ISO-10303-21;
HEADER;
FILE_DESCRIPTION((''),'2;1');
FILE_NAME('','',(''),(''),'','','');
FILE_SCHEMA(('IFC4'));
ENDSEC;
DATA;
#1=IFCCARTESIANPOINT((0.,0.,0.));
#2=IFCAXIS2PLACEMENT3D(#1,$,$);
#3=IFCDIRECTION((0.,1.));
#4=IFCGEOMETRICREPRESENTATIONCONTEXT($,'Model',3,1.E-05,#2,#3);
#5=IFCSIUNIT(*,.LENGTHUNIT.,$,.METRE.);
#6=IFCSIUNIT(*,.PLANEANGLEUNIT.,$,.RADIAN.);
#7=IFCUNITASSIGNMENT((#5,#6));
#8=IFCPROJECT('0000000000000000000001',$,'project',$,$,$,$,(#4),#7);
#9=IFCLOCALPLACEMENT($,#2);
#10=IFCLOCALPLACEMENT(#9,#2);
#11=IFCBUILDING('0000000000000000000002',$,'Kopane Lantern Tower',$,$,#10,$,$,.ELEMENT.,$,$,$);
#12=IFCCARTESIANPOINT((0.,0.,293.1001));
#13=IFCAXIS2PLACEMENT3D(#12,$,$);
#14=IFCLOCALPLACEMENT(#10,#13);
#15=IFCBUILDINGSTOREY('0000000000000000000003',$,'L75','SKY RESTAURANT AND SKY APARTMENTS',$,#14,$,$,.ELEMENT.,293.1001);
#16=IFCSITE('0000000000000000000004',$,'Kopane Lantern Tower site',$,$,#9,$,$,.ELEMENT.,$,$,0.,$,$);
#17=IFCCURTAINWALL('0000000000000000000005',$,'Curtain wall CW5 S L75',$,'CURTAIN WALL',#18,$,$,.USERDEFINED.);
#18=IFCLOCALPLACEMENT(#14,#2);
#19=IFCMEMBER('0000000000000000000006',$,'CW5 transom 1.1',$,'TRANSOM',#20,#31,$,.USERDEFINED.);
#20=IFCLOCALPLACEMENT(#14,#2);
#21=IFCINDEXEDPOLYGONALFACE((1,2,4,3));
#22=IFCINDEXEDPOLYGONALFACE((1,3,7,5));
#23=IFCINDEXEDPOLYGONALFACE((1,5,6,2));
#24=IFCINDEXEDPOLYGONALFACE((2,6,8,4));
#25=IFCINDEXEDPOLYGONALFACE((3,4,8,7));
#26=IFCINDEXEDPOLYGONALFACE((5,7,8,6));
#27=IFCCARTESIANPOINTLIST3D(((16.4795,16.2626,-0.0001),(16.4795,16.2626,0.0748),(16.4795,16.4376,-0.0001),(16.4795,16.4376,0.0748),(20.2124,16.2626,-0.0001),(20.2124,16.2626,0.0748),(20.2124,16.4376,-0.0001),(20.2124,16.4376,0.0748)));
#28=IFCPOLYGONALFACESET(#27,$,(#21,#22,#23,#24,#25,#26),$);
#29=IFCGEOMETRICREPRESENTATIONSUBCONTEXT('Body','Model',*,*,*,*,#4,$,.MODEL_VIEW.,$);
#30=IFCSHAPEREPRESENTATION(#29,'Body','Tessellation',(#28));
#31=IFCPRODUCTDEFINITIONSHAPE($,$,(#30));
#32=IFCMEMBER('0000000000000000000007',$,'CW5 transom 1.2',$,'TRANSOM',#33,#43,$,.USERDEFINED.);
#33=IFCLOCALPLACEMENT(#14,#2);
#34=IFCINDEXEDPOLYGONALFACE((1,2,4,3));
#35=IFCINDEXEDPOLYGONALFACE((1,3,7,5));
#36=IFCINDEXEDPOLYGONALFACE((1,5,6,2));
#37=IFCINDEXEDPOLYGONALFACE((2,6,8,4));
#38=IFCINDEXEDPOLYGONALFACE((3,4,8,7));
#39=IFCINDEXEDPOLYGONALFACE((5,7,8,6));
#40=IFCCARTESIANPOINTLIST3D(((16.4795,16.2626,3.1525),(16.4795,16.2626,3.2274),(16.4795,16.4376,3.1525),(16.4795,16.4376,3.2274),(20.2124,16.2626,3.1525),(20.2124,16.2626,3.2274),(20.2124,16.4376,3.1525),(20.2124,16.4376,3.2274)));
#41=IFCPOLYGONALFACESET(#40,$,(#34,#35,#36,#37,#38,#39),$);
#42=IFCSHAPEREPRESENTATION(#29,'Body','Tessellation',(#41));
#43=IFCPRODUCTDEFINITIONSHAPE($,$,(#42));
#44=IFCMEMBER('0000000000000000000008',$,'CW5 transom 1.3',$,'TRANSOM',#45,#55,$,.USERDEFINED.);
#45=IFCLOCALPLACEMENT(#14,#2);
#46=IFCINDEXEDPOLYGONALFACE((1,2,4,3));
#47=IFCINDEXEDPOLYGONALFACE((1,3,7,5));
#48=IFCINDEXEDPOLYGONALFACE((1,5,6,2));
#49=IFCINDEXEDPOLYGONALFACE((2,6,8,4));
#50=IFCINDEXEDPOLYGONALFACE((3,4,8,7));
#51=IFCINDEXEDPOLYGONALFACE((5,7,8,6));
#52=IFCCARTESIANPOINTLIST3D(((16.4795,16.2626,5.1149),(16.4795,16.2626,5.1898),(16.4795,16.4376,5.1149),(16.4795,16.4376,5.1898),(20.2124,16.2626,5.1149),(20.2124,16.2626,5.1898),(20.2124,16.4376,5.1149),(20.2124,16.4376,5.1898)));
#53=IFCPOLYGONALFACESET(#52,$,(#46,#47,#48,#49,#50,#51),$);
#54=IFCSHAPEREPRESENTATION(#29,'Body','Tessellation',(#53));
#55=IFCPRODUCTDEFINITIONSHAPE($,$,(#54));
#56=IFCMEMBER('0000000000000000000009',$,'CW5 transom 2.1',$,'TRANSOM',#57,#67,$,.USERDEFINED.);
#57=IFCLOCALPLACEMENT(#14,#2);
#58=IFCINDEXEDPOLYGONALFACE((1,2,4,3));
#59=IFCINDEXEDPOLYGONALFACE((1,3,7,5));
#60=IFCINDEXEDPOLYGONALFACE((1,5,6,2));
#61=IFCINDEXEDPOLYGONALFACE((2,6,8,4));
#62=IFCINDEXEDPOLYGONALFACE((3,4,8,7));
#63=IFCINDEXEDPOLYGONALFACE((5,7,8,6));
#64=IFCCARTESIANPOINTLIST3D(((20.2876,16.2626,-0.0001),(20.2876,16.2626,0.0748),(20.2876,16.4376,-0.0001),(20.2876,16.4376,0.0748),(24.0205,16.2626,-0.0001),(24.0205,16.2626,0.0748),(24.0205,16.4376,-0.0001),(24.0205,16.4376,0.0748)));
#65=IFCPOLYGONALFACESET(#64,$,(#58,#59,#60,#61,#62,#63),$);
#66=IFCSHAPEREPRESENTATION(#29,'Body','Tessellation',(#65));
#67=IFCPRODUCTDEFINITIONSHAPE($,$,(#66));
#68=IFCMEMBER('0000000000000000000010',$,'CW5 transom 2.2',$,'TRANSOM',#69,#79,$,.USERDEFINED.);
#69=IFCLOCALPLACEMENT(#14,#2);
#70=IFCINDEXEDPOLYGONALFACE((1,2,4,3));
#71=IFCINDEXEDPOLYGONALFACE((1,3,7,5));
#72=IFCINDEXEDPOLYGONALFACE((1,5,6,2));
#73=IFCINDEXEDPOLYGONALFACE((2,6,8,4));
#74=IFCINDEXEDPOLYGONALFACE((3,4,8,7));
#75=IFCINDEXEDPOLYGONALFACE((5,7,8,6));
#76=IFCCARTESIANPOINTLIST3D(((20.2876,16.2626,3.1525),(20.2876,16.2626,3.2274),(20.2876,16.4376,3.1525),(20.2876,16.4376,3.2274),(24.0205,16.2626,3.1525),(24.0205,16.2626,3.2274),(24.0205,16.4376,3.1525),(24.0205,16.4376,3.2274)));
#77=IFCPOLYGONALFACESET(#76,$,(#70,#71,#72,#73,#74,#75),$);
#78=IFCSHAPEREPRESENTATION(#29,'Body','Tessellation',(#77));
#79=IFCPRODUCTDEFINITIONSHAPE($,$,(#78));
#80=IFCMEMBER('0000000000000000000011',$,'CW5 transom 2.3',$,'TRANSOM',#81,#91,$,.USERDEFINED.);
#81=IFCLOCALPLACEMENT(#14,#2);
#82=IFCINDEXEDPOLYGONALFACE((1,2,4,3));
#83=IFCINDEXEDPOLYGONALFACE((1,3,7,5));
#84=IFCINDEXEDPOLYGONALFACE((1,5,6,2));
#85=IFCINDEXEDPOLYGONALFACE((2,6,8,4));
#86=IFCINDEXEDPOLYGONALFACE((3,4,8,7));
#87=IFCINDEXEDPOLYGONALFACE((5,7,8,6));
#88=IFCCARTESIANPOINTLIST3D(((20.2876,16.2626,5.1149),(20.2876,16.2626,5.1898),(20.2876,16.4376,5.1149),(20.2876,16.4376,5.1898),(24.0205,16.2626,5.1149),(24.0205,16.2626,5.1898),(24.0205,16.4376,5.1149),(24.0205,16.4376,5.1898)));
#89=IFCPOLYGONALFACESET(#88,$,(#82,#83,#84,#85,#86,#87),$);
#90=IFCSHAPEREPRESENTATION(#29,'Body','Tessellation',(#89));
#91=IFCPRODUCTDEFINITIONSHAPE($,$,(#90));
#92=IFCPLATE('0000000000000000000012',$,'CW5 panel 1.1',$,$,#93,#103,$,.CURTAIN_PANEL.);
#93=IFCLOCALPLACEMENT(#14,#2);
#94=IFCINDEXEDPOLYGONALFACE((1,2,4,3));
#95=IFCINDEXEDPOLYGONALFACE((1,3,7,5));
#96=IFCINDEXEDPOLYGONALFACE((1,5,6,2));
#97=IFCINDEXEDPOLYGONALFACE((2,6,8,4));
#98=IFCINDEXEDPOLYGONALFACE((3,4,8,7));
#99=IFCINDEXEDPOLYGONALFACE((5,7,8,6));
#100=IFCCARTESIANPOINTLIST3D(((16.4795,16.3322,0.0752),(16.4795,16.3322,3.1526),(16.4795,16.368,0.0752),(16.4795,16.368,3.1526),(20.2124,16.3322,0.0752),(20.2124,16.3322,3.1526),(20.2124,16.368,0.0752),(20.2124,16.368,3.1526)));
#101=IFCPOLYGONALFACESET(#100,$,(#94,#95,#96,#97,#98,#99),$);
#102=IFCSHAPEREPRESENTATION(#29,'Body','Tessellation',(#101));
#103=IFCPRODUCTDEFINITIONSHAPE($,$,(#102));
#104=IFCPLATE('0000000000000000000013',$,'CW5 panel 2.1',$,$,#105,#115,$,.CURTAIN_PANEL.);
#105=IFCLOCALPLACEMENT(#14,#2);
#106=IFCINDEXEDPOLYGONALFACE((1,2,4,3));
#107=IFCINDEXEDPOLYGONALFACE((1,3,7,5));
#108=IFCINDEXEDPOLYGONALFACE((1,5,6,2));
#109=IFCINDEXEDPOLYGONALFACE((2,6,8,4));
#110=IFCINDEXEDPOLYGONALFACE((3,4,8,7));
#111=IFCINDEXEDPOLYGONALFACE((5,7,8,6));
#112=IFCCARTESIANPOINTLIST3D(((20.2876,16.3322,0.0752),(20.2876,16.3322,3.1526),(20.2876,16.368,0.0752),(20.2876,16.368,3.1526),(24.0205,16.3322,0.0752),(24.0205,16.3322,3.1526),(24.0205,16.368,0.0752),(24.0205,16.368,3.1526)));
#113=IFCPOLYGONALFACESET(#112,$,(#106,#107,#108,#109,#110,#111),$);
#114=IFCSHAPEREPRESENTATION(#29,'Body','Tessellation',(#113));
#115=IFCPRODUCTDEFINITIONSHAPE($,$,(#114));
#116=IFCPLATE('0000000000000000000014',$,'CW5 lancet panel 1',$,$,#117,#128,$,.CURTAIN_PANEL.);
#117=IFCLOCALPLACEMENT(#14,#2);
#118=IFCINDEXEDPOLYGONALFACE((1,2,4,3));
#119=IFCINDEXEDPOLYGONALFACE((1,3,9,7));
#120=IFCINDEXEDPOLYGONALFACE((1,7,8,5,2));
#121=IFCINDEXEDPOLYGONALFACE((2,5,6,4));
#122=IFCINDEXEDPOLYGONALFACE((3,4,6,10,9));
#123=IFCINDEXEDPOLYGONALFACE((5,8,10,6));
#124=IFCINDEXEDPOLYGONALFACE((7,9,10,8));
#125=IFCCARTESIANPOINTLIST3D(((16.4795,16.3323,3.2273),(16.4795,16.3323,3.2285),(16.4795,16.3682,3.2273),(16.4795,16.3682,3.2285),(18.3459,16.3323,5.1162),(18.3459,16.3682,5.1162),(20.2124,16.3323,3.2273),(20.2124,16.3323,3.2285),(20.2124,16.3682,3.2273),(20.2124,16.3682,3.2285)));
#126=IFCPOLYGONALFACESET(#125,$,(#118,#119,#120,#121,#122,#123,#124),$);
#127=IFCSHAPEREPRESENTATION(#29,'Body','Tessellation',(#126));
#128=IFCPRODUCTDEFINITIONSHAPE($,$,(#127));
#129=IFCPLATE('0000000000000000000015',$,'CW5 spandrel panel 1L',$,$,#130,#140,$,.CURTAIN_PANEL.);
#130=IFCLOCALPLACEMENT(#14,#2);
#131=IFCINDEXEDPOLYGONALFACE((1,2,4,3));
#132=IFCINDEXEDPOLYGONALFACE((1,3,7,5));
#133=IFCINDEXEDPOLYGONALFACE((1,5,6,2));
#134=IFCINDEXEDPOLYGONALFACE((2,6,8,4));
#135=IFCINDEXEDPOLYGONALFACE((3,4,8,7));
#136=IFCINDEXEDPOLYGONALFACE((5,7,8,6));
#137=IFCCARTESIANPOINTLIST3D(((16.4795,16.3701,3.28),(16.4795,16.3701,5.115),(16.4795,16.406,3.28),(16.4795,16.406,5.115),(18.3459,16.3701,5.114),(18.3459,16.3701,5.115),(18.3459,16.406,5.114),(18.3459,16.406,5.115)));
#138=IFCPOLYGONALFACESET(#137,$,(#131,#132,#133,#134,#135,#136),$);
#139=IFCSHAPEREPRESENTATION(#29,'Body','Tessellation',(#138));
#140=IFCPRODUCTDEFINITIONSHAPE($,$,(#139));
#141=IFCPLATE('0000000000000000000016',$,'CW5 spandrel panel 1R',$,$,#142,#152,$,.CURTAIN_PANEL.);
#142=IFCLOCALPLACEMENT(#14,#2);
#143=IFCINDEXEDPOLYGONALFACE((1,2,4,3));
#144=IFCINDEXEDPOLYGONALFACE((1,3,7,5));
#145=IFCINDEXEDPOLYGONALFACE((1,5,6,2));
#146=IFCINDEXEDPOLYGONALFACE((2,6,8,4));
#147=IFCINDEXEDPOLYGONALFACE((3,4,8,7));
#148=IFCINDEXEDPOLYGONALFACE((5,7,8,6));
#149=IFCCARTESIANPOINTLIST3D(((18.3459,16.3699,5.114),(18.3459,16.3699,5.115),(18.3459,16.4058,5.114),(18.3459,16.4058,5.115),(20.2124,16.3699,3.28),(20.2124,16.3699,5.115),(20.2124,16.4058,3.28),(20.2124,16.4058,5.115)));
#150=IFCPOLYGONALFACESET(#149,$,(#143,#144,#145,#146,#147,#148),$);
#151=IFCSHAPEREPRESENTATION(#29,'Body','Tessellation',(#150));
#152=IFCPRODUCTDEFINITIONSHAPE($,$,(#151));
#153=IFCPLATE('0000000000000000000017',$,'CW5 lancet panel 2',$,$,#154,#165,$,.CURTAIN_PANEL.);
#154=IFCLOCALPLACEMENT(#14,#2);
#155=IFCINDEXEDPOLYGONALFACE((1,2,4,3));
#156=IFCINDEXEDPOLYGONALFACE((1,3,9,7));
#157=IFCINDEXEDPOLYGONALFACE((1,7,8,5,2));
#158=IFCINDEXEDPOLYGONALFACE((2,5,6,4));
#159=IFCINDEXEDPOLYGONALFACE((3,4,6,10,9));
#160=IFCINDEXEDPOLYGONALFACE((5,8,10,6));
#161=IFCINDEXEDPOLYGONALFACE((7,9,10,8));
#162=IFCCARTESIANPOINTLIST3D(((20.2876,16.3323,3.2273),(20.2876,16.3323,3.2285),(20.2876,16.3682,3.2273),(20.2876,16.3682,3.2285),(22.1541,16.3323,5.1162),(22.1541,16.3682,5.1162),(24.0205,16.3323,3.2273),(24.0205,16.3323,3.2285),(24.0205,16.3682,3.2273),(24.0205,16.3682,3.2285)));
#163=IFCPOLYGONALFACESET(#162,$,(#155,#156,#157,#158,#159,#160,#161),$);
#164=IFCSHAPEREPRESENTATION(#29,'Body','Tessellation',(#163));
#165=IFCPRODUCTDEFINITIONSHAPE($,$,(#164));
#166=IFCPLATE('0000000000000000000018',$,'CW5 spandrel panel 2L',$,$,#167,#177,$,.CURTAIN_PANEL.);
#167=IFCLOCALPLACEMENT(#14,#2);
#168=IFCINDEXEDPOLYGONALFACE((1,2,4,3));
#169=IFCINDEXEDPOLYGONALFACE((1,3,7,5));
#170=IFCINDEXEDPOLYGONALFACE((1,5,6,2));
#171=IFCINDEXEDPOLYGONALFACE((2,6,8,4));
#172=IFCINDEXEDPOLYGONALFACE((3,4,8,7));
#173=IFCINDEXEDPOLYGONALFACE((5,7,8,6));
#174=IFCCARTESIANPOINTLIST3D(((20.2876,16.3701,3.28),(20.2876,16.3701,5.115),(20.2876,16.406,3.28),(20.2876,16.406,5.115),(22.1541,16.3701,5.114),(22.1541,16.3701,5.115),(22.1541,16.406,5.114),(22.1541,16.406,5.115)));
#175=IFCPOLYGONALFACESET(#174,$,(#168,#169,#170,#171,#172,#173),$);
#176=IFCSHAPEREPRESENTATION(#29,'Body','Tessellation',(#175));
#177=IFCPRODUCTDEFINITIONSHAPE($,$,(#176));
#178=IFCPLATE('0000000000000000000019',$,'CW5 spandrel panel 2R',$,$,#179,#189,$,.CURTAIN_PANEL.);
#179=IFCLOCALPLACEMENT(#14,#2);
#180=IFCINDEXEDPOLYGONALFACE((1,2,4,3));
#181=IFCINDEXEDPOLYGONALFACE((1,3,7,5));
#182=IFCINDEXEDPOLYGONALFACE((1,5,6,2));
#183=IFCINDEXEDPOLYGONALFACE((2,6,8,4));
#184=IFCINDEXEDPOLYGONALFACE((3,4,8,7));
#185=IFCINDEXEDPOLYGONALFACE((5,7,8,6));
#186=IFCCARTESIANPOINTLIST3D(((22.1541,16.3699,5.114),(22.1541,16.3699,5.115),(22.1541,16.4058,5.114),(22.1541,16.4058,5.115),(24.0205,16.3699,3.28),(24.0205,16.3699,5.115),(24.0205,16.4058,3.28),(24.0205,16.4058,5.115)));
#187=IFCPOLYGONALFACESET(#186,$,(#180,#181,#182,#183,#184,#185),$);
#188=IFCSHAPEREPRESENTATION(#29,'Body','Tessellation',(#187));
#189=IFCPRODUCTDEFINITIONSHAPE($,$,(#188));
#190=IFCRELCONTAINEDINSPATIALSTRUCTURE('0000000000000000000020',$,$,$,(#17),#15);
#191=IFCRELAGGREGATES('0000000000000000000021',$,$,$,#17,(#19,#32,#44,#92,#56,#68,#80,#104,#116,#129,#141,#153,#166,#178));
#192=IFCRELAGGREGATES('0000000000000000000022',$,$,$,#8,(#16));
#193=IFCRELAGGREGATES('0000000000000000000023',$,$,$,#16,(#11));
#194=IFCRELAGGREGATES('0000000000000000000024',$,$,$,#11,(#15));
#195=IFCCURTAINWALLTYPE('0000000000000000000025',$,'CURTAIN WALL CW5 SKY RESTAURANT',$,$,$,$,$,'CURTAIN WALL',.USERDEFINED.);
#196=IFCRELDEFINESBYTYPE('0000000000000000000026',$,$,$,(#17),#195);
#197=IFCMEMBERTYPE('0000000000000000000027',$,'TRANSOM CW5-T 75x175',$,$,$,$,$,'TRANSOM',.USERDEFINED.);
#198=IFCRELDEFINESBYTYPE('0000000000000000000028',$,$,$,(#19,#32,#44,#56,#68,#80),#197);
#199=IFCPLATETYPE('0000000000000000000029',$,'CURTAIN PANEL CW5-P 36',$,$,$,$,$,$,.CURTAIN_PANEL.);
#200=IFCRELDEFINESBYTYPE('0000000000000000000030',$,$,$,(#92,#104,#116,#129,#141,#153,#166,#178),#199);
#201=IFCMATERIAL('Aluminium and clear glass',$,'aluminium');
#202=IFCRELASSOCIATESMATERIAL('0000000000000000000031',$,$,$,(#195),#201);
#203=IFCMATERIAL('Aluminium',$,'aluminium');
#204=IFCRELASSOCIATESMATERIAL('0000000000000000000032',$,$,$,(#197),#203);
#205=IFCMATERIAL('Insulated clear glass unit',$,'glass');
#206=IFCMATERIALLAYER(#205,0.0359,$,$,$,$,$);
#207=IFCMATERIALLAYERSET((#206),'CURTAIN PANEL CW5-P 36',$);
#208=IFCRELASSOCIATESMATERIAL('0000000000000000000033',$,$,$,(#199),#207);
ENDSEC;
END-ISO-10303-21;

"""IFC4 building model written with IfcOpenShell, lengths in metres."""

from ifc_helpers import new_model, si_unit, direction, frame, origin, origin_2d, place, context, subcontext, project, spatial, polyline, rectangle, outline, extrude, material, layer, layer_set, material_profile, profile_set, type_object, element, aggregate, save


model = new_model("IFC4")

# Units and contexts
model_context = context("Model", 3, precision=1e-05, world=origin(), true_north=direction((0.0, 1.0)))
body_context = subcontext(model_context, "Body", "Model", "MODEL_VIEW")
ifc_project = project(units=[si_unit("LENGTHUNIT", "METRE"), si_unit("PLANEANGLEUNIT", "RADIAN")], contexts=[model_context])

# Site, building, storey
site_placement = place(None, origin())
site = spatial("IfcSite", under=ifc_project, at=site_placement, Name="Kopane Lantern Tower site", CompositionType="ELEMENT", RefElevation=0.0)
building_placement = place(site_placement, origin())
building = spatial("IfcBuilding", under=site, at=building_placement, Name="Kopane Lantern Tower", CompositionType="ELEMENT")
storey_placement = place(building_placement, frame((0.0, 0.0, 293.1001)))
storey = spatial("IfcBuildingStorey", under=building, at=storey_placement, Name="L75", Description="SKY RESTAURANT AND SKY APARTMENTS", CompositionType="ELEMENT", Elevation=293.1001)

# Curtain wall, members, plates
ifc_material_1 = material(Name="Aluminium and clear glass", Category="aluminium")
curtain_wall_type = type_object("IfcCurtainWallType", Name="CURTAIN WALL CW5 SKY RESTAURANT", ElementType="CURTAIN WALL", PredefinedType="USERDEFINED", material=ifc_material_1)
curtain_wall_placement = place(storey_placement, origin())
curtain_wall = element("IfcCurtainWall", 1, at=curtain_wall_placement, inside=storey, type_object=curtain_wall_type, Name="Curtain wall CW5 S L75", ObjectType="CURTAIN WALL", PredefinedType="USERDEFINED")
ifc_material_2 = material(Name="Aluminium", Category="aluminium")
ifc_material_profile_1 = material_profile(ifc_material_2, rectangle(XDim=0.175, YDim=0.075, at=origin_2d()), Name="AL 175x75")
ifc_profile_set_1 = profile_set([ifc_material_profile_1], Name="Aluminium")
member_type_1 = type_object("IfcMemberType", Name="TRANSOM CW5-T 75x175", ElementType="TRANSOM", PredefinedType="USERDEFINED", material=ifc_profile_set_1)
member_1_placement = place(storey_placement, frame((16.4795, 16.3501, 0.0374), z_axis=(1.0, 0.0, 0.0), x_axis=(0.0, 1.0, 0.0)))
member_1 = element("IfcMember", 2, at=member_1_placement, type_object=member_type_1, Name="CW5 transom 1.1", ObjectType="TRANSOM", PredefinedType="USERDEFINED", context=body_context, shape_type="SweptSolid", body=[
    extrude(rectangle(XDim=0.175, YDim=0.075, at=origin_2d()), origin(), (0.0, 0.0, 1.0), 3.7329),
])
member_2_placement = place(storey_placement, frame((16.4795, 16.3501, 3.1899), z_axis=(1.0, 0.0, 0.0), x_axis=(0.0, 1.0, 0.0)))
member_2 = element("IfcMember", 3, at=member_2_placement, type_object=member_type_1, Name="CW5 transom 1.2", ObjectType="TRANSOM", PredefinedType="USERDEFINED", context=body_context, shape_type="SweptSolid", body=[
    extrude(rectangle(XDim=0.175, YDim=0.075, at=origin_2d()), origin(), (0.0, 0.0, 1.0), 3.7329),
])
member_3_placement = place(storey_placement, frame((16.4795, 16.3501, 5.1523), z_axis=(1.0, 0.0, 0.0), x_axis=(0.0, 1.0, 0.0)))
member_3 = element("IfcMember", 4, at=member_3_placement, type_object=member_type_1, Name="CW5 transom 1.3", ObjectType="TRANSOM", PredefinedType="USERDEFINED", context=body_context, shape_type="SweptSolid", body=[
    extrude(rectangle(XDim=0.175, YDim=0.075, at=origin_2d()), origin(), (0.0, 0.0, 1.0), 3.7329),
])
member_4_placement = place(storey_placement, frame((20.2876, 16.3501, 0.0374), z_axis=(1.0, 0.0, 0.0), x_axis=(0.0, 1.0, 0.0)))
member_4 = element("IfcMember", 5, at=member_4_placement, type_object=member_type_1, Name="CW5 transom 2.1", ObjectType="TRANSOM", PredefinedType="USERDEFINED", context=body_context, shape_type="SweptSolid", body=[
    extrude(rectangle(XDim=0.175, YDim=0.075, at=origin_2d()), origin(), (0.0, 0.0, 1.0), 3.7329),
])
member_5_placement = place(storey_placement, frame((20.2876, 16.3501, 3.1899), z_axis=(1.0, 0.0, 0.0), x_axis=(0.0, 1.0, 0.0)))
member_5 = element("IfcMember", 6, at=member_5_placement, type_object=member_type_1, Name="CW5 transom 2.2", ObjectType="TRANSOM", PredefinedType="USERDEFINED", context=body_context, shape_type="SweptSolid", body=[
    extrude(rectangle(XDim=0.175, YDim=0.075, at=origin_2d()), origin(), (0.0, 0.0, 1.0), 3.7329),
])
member_6_placement = place(storey_placement, frame((20.2876, 16.3501, 5.1523), z_axis=(1.0, 0.0, 0.0), x_axis=(0.0, 1.0, 0.0)))
member_6 = element("IfcMember", 7, at=member_6_placement, type_object=member_type_1, Name="CW5 transom 2.3", ObjectType="TRANSOM", PredefinedType="USERDEFINED", context=body_context, shape_type="SweptSolid", body=[
    extrude(rectangle(XDim=0.175, YDim=0.075, at=origin_2d()), origin(), (0.0, 0.0, 1.0), 3.7329),
])
ifc_material_3 = material(Name="Insulated clear glass unit", Category="glass")
ifc_layer = layer(ifc_material_3, 0.0359)
ifc_layer_set = layer_set([ifc_layer], Name="CURTAIN PANEL CW5-P 36")
plate_type = type_object("IfcPlateType", Name="CURTAIN PANEL CW5-P 36", PredefinedType="CURTAIN_PANEL", material=ifc_layer_set)
plate_1_placement = place(storey_placement, frame((18.3459, 16.3501, 0.0752), z_axis=(0.0, 0.0, 1.0), x_axis=(1.0, 0.0, 0.0)))
plate_1 = element("IfcPlate", 8, at=plate_1_placement, type_object=plate_type, Name="CW5 panel 1.1", PredefinedType="CURTAIN_PANEL", context=body_context, shape_type="SweptSolid", body=[
    extrude(rectangle(XDim=3.7329, YDim=0.0359, at=origin_2d()), origin(), (0.0, 0.0, 1.0), 3.0774),
])
plate_2_placement = place(storey_placement, frame((22.1541, 16.3501, 0.0752), z_axis=(0.0, 0.0, 1.0), x_axis=(1.0, 0.0, 0.0)))
plate_2 = element("IfcPlate", 9, at=plate_2_placement, type_object=plate_type, Name="CW5 panel 2.1", PredefinedType="CURTAIN_PANEL", context=body_context, shape_type="SweptSolid", body=[
    extrude(rectangle(XDim=3.7329, YDim=0.0359, at=origin_2d()), origin(), (0.0, 0.0, 1.0), 3.0774),
])
plate_3_placement = place(storey_placement, frame((16.4795, 16.3501, 3.2273), z_axis=(0.0, 0.0, 1.0), x_axis=(1.0, 0.0, 0.0)))
plate_3 = element("IfcPlate", 10, at=plate_3_placement, type_object=plate_type, Name="CW5 lancet panel 1", PredefinedType="CURTAIN_PANEL", context=body_context, shape_type="SweptSolid", body=[
    extrude(outline(polyline([(0.0, 0.0), (3.7329, 0.0), (3.7329, 0.0012), (1.8665, 1.8889), (0.0, 0.0012), (0.0, 0.0)])), frame((0.0, 0.0181, 0.0), z_axis=(0.0, -1.0, 0.0), x_axis=(1.0, 0.0, 0.0)), (0.0, 0.0, 1.0), 0.0359),
])
plate_4_placement = place(storey_placement, frame((16.4795, 16.3879, 5.115), z_axis=(0.0, 0.0, 1.0), x_axis=(1.0, 0.0, 0.0)))
plate_4 = element("IfcPlate", 11, at=plate_4_placement, type_object=plate_type, Name="CW5 spandrel panel 1L", PredefinedType="CURTAIN_PANEL", context=body_context, shape_type="SweptSolid", body=[
    extrude(outline(polyline([(0.0, 0.0), (1.8665, 0.0), (1.8665, -0.001), (0.0, -1.835), (0.0, 0.0)])), frame((0.0, 0.0181, 0.0), z_axis=(0.0, -1.0, 0.0), x_axis=(1.0, 0.0, 0.0)), (0.0, 0.0, 1.0), 0.0359),
])
plate_5_placement = place(storey_placement, frame((20.2124, 16.3879, 5.115), z_axis=(0.0, 0.0, 1.0), x_axis=(-1.0, 0.0, 0.0)))
plate_5 = element("IfcPlate", 12, at=plate_5_placement, type_object=plate_type, Name="CW5 spandrel panel 1R", PredefinedType="CURTAIN_PANEL", context=body_context, shape_type="SweptSolid", body=[
    extrude(outline(polyline([(0.0, 0.0), (1.8665, 0.0), (1.8665, -0.001), (0.0, -1.835), (0.0, 0.0)])), frame((0.0, 0.0181, 0.0), z_axis=(0.0, -1.0, 0.0), x_axis=(1.0, 0.0, 0.0)), (0.0, 0.0, 1.0), 0.0359),
])
plate_6_placement = place(storey_placement, frame((20.2876, 16.3501, 3.2273), z_axis=(0.0, 0.0, 1.0), x_axis=(1.0, 0.0, 0.0)))
plate_6 = element("IfcPlate", 13, at=plate_6_placement, type_object=plate_type, Name="CW5 lancet panel 2", PredefinedType="CURTAIN_PANEL", context=body_context, shape_type="SweptSolid", body=[
    extrude(outline(polyline([(0.0, 0.0), (3.7329, 0.0), (3.7329, 0.0012), (1.8665, 1.8889), (0.0, 0.0012), (0.0, 0.0)])), frame((0.0, 0.0181, 0.0), z_axis=(0.0, -1.0, 0.0), x_axis=(1.0, 0.0, 0.0)), (0.0, 0.0, 1.0), 0.0359),
])
plate_7_placement = place(storey_placement, frame((20.2876, 16.3879, 5.115), z_axis=(0.0, 0.0, 1.0), x_axis=(1.0, 0.0, 0.0)))
plate_7 = element("IfcPlate", 14, at=plate_7_placement, type_object=plate_type, Name="CW5 spandrel panel 2L", PredefinedType="CURTAIN_PANEL", context=body_context, shape_type="SweptSolid", body=[
    extrude(outline(polyline([(0.0, 0.0), (1.8665, 0.0), (1.8665, -0.001), (0.0, -1.835), (0.0, 0.0)])), frame((0.0, 0.0181, 0.0), z_axis=(0.0, -1.0, 0.0), x_axis=(1.0, 0.0, 0.0)), (0.0, 0.0, 1.0), 0.0359),
])
plate_8_placement = place(storey_placement, frame((24.0205, 16.3879, 5.115), z_axis=(0.0, 0.0, 1.0), x_axis=(-1.0, 0.0, 0.0)))
plate_8 = element("IfcPlate", 15, at=plate_8_placement, type_object=plate_type, Name="CW5 spandrel panel 2R", PredefinedType="CURTAIN_PANEL", context=body_context, shape_type="SweptSolid", body=[
    extrude(outline(polyline([(0.0, 0.0), (1.8665, 0.0), (1.8665, -0.001), (0.0, -1.835), (0.0, 0.0)])), frame((0.0, 0.0181, 0.0), z_axis=(0.0, -1.0, 0.0), x_axis=(1.0, 0.0, 0.0)), (0.0, 0.0, 1.0), 0.0359),
])
aggregate(curtain_wall, [member_1, member_2, member_3, plate_1, member_4, member_5, member_6, plate_2, plate_3, plate_4, plate_5, plate_6, plate_7, plate_8])

save(model, "model.ifc")
